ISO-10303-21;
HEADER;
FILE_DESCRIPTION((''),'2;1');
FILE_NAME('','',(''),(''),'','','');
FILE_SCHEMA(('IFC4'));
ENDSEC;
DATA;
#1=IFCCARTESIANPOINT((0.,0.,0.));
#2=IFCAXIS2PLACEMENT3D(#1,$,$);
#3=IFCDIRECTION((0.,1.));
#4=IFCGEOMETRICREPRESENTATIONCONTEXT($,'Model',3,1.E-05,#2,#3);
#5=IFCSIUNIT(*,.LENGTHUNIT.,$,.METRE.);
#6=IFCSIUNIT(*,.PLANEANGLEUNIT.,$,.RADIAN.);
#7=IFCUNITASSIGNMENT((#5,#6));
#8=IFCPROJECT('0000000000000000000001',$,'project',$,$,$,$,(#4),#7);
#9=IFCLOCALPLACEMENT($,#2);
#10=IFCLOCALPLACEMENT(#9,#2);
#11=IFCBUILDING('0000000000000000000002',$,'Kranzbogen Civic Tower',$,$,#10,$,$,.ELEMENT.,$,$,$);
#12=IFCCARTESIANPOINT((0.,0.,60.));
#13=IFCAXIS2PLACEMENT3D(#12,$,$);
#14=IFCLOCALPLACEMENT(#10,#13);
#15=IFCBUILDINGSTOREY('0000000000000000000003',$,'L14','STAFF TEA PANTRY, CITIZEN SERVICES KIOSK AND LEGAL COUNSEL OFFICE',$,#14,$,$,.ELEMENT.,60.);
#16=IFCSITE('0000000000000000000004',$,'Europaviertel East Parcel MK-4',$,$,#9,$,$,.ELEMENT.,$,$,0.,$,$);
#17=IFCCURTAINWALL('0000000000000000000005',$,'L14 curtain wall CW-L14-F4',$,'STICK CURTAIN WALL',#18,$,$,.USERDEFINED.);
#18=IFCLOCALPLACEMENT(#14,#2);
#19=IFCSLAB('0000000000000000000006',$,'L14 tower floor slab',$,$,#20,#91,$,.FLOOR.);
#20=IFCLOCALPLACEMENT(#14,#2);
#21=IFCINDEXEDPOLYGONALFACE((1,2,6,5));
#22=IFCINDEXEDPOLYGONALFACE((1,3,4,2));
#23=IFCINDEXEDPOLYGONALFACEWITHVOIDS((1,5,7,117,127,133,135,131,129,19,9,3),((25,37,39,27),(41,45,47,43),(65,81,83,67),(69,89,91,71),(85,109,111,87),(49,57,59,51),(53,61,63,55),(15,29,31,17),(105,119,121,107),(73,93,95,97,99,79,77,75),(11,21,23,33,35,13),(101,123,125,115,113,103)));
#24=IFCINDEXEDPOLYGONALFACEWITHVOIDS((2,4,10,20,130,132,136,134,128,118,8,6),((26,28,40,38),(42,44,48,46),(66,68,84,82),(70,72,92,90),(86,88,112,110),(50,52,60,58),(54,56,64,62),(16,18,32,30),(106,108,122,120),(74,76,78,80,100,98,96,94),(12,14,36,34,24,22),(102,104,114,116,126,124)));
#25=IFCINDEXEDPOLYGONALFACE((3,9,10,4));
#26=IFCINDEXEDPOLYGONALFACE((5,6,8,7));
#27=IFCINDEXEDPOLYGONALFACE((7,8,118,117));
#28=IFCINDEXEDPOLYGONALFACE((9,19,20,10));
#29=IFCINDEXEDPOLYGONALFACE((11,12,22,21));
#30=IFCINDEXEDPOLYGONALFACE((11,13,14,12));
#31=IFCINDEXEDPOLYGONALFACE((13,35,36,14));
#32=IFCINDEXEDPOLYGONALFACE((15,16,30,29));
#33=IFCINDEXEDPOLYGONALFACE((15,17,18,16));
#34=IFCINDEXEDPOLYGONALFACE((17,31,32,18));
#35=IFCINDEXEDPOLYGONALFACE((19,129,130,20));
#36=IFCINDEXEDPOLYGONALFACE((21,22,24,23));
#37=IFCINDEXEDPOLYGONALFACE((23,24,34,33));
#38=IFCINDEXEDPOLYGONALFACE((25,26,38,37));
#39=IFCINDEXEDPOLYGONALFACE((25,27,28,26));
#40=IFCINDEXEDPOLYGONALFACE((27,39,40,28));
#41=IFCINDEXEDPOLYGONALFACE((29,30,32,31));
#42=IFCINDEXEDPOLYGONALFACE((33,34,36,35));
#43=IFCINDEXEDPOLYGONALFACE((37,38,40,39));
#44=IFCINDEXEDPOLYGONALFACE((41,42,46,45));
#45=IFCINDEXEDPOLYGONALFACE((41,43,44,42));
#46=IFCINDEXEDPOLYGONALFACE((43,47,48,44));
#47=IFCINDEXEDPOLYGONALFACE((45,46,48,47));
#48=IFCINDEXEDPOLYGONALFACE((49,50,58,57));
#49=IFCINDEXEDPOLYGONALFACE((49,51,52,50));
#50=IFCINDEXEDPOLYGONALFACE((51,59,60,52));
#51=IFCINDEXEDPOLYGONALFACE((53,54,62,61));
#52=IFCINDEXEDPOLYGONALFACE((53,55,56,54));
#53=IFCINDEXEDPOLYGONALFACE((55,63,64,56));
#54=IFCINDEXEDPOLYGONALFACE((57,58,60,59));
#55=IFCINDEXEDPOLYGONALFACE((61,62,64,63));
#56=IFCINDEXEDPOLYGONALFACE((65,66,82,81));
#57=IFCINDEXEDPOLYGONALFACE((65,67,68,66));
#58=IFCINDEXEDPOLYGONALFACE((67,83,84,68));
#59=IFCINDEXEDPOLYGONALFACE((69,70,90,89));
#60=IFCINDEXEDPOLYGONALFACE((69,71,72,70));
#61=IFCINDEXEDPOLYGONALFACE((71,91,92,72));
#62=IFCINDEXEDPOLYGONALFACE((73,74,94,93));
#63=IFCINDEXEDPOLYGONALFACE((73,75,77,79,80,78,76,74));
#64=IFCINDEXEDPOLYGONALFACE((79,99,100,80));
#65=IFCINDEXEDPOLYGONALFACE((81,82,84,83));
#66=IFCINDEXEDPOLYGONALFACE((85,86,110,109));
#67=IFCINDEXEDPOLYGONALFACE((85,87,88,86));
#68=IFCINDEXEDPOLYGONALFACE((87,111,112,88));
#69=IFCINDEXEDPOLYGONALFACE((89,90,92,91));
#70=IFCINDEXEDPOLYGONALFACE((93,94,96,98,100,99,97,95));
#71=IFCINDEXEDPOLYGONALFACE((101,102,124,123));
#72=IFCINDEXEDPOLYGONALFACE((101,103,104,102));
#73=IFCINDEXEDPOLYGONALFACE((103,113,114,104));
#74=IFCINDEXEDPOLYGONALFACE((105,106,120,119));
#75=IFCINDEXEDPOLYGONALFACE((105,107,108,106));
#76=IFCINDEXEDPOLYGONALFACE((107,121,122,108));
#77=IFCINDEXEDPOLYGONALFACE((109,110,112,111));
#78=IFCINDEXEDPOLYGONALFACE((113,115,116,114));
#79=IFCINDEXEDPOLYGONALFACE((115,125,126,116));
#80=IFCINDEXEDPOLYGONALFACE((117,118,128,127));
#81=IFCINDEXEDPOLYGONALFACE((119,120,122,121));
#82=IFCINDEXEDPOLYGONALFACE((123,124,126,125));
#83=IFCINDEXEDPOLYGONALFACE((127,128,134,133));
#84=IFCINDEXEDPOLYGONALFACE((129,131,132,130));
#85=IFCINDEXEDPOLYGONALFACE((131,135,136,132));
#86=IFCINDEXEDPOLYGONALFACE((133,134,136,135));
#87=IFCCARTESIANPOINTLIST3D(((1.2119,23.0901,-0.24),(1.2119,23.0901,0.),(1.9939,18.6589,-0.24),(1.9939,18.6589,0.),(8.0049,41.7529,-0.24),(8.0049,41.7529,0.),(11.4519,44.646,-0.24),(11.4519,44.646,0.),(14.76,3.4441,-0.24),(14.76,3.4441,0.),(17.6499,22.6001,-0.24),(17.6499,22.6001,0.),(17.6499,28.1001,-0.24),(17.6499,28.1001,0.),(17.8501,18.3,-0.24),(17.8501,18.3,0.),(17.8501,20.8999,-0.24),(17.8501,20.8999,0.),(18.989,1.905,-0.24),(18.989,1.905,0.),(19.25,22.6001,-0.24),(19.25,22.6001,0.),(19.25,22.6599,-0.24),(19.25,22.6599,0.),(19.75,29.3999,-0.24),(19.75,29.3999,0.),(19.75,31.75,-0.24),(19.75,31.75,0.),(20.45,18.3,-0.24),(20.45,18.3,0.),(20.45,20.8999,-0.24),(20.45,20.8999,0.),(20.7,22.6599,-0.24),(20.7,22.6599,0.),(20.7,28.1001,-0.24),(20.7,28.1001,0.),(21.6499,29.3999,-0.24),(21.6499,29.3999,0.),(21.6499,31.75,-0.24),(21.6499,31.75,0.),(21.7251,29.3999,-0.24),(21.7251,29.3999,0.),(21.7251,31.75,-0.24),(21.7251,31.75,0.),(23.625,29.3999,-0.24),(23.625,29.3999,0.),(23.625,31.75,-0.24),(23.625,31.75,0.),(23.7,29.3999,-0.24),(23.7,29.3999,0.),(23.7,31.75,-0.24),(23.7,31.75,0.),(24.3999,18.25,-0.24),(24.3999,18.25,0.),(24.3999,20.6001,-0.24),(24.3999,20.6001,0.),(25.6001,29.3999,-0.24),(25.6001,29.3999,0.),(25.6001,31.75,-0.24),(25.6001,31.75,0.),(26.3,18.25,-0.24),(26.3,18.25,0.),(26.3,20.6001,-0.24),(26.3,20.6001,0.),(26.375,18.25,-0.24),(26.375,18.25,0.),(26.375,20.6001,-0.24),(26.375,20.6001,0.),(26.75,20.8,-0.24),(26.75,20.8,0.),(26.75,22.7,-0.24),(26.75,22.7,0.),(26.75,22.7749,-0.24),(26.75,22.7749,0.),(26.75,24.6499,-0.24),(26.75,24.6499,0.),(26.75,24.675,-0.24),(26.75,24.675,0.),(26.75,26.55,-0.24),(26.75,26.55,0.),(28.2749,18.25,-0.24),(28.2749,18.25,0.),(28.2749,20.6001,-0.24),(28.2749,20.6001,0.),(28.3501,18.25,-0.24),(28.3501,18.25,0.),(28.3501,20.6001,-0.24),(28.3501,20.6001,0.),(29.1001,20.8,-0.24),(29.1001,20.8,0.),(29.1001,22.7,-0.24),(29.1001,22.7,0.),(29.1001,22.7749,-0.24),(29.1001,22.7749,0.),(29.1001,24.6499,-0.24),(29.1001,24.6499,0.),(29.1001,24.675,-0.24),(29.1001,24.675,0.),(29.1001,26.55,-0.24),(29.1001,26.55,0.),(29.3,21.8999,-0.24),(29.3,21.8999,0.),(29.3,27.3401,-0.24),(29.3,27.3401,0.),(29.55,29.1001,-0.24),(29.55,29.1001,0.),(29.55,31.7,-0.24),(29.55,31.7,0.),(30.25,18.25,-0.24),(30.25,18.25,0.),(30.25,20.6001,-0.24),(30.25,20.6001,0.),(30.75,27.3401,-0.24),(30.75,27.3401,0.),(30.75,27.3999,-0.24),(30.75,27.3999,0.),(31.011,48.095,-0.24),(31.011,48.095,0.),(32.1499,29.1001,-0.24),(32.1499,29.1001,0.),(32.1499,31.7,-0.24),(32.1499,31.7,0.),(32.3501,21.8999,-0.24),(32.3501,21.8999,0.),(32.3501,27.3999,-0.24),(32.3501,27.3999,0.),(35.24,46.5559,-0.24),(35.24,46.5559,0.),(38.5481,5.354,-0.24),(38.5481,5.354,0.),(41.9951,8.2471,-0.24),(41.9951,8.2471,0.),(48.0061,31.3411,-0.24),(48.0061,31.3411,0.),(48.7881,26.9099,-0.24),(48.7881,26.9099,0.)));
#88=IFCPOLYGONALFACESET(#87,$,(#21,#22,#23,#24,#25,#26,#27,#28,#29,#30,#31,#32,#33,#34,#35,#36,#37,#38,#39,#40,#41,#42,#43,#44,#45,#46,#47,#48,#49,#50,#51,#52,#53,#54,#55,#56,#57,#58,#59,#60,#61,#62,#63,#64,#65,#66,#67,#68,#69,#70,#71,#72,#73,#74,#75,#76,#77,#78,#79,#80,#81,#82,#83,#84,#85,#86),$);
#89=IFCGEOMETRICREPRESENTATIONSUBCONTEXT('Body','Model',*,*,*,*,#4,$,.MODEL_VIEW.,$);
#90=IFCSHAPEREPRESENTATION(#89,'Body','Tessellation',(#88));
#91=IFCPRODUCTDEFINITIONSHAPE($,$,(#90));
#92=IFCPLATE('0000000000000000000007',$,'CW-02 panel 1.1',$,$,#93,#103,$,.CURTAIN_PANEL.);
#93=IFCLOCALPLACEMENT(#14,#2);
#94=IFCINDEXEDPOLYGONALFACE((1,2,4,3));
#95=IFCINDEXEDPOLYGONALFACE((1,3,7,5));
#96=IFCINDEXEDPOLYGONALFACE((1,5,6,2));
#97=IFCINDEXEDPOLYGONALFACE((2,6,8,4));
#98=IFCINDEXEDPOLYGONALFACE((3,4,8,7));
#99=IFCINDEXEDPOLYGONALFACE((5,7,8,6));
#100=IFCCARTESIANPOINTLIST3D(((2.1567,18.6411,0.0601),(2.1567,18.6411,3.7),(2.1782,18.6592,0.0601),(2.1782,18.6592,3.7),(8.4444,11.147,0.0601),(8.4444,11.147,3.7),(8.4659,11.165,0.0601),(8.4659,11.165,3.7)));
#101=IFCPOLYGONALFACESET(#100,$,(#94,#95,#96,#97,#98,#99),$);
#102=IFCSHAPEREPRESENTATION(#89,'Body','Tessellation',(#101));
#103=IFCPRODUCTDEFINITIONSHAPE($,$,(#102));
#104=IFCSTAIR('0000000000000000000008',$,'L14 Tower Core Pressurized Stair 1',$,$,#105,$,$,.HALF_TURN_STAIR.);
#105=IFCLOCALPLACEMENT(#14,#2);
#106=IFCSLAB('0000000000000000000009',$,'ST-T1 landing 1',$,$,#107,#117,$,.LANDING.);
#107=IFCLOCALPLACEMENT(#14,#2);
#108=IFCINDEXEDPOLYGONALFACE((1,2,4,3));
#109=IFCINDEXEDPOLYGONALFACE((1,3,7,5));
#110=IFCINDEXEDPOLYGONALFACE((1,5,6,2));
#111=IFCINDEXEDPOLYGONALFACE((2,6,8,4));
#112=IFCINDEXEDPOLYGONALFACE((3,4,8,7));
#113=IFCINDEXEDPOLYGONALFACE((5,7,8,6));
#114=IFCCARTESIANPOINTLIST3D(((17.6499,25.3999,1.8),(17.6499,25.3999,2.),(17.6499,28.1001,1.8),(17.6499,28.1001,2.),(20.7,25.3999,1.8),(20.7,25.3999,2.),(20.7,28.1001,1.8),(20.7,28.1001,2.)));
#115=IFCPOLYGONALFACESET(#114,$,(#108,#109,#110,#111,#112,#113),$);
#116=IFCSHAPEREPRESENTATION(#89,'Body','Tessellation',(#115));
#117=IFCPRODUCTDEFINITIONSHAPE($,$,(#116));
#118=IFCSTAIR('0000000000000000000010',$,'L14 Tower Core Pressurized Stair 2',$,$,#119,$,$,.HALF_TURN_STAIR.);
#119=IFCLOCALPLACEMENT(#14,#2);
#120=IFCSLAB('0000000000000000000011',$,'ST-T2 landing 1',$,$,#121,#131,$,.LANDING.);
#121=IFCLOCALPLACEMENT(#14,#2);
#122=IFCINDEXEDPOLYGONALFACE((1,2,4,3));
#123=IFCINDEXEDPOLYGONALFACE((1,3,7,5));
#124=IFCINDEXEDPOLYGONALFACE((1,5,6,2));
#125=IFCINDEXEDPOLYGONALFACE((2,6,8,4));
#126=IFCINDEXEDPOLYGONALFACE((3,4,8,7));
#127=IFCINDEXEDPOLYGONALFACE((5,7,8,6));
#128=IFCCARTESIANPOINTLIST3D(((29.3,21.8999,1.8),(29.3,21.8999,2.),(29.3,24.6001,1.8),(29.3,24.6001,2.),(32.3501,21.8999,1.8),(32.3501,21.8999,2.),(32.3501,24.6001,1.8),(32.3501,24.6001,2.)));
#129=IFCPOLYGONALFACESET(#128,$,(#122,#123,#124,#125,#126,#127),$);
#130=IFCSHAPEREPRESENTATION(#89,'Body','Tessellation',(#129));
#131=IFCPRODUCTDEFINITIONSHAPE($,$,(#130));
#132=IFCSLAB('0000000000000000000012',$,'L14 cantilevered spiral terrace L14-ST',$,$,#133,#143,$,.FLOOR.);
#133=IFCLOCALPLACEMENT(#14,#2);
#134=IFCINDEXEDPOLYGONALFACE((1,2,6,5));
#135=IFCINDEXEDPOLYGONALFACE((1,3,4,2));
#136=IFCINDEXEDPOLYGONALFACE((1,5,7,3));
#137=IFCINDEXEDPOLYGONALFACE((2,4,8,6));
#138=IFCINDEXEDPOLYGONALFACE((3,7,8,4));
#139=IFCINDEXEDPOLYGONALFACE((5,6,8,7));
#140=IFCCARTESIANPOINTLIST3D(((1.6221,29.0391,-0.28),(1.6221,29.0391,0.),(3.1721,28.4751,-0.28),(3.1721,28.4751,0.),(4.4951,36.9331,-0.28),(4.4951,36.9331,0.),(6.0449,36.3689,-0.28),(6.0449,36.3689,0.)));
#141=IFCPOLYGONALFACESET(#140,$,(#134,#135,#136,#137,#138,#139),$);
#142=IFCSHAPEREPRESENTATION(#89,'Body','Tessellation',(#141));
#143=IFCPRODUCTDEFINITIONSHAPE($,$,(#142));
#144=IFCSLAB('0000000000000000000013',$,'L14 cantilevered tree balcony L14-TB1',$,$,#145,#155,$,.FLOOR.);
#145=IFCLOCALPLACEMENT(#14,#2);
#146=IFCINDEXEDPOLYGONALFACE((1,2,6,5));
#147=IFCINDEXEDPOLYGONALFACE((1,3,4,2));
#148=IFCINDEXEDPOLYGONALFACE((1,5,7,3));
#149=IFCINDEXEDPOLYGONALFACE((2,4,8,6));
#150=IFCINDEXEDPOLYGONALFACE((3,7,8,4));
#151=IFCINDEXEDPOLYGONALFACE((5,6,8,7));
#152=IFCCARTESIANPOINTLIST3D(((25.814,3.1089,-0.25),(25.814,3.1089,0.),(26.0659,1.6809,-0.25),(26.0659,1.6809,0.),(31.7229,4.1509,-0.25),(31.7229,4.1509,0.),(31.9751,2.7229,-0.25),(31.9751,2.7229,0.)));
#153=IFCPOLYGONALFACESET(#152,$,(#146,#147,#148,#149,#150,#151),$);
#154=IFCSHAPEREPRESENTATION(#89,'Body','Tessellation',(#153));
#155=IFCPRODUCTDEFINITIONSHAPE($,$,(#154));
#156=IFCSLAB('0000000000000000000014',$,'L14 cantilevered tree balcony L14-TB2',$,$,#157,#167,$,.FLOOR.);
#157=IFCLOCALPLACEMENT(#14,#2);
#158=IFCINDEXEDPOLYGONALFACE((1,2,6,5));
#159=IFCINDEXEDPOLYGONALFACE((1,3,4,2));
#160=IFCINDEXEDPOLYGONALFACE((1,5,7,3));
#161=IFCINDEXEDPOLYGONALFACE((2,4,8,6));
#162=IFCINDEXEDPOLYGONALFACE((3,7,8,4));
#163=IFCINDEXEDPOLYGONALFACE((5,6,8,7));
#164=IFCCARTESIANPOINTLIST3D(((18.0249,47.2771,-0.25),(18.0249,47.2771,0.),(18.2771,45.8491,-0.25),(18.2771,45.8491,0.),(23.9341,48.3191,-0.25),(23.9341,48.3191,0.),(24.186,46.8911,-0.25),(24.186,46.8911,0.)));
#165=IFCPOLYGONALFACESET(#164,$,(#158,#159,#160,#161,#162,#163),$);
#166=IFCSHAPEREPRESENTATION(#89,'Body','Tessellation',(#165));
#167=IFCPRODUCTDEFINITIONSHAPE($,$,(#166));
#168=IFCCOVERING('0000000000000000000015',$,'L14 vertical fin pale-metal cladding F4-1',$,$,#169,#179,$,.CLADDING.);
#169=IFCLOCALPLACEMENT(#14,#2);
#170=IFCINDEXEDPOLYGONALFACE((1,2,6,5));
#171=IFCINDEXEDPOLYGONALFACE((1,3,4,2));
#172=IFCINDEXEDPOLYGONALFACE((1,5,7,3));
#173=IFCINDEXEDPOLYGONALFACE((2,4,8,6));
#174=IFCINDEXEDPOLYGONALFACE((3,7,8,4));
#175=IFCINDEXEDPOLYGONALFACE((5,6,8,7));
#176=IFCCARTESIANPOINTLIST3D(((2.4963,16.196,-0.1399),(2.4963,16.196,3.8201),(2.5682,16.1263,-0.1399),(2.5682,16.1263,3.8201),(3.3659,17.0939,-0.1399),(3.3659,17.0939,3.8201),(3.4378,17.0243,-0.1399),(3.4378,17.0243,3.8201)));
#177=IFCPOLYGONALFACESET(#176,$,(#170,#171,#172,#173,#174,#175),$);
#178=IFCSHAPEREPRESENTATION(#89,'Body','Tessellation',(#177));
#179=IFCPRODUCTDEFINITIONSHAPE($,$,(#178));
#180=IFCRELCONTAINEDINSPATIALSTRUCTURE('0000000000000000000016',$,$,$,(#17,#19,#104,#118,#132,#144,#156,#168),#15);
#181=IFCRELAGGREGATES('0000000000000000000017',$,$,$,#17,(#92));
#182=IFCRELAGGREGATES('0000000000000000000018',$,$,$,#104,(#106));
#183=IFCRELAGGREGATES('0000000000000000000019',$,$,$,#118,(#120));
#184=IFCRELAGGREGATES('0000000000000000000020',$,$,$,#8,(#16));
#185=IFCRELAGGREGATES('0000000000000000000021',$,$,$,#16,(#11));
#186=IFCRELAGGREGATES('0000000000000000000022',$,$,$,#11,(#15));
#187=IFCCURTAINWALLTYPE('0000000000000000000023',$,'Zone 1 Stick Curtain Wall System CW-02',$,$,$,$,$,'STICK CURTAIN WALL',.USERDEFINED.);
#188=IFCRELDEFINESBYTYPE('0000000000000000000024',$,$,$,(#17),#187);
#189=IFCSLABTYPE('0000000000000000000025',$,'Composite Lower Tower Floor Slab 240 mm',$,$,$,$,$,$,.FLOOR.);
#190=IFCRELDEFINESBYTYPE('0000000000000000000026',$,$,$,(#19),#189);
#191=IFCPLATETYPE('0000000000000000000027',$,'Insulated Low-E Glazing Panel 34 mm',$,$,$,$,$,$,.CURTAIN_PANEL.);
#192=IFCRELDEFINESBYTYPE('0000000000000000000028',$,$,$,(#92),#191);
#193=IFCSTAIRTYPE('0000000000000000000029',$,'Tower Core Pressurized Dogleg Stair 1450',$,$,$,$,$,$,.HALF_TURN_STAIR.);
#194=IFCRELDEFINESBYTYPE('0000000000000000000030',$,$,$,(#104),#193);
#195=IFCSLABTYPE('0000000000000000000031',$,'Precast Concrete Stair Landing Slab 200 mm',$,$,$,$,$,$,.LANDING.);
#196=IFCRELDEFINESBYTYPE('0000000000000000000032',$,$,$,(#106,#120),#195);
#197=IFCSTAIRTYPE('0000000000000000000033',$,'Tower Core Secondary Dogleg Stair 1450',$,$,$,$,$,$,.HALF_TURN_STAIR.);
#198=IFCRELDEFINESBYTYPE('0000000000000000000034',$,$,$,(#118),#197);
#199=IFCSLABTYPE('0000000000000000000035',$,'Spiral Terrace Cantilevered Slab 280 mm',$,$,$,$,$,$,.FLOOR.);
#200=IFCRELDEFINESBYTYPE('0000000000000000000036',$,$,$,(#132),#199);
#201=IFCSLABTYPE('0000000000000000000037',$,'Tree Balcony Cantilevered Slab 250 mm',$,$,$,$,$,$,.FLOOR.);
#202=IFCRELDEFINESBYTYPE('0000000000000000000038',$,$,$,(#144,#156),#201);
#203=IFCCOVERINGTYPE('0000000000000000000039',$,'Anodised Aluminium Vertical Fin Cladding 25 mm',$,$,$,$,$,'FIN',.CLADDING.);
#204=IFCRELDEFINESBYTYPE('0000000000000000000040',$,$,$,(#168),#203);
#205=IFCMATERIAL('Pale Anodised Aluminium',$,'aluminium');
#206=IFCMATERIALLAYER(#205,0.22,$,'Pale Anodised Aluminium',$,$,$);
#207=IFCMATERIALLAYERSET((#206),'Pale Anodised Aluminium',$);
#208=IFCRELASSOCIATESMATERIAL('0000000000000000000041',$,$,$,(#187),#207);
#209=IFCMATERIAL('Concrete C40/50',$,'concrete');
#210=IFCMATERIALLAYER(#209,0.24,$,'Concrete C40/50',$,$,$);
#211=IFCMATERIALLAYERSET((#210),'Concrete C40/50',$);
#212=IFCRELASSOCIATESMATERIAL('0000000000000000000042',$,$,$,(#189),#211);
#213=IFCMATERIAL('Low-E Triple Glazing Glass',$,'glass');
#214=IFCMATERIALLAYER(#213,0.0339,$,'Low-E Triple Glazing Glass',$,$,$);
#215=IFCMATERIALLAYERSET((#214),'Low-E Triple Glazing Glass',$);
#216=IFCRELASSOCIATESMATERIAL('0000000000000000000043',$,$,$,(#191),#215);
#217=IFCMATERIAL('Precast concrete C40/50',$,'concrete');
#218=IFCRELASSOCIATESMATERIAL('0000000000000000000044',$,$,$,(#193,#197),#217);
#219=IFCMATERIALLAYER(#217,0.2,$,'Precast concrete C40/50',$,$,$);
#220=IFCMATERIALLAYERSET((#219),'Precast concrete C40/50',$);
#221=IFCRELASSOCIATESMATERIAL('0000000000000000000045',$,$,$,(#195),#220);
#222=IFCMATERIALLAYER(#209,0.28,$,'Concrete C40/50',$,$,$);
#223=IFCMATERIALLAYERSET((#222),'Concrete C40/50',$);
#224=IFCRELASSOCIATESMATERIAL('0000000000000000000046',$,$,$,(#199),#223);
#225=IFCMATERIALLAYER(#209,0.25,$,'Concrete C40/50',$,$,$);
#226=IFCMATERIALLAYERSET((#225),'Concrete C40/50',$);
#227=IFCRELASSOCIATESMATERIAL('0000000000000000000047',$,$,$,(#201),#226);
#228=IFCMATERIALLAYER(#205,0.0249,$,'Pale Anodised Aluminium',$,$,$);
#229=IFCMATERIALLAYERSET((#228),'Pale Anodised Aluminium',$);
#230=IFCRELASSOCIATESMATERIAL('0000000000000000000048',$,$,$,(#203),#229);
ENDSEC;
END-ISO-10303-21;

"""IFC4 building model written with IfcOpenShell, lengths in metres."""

from ifc_helpers import new_model, si_unit, direction, frame, origin, origin_2d, place, context, subcontext, project, spatial, polyline, rectangle, outline, extrude, material, layer, layer_set, type_object, element, aggregate, save


model = new_model("IFC4")

# Units and contexts
model_context = context("Model", 3, precision=1e-05, world=origin(), true_north=direction((0.0, 1.0)))
body_context = subcontext(model_context, "Body", "Model", "MODEL_VIEW")
ifc_project = project(units=[si_unit("LENGTHUNIT", "METRE"), si_unit("PLANEANGLEUNIT", "RADIAN")], contexts=[model_context])

# Site, building, storey
site_placement = place(None, origin())
site = spatial("IfcSite", under=ifc_project, at=site_placement, Name="Europaviertel East Parcel MK-4", CompositionType="ELEMENT", RefElevation=0.0)
building_placement = place(site_placement, origin())
building = spatial("IfcBuilding", under=site, at=building_placement, Name="Kranzbogen Civic Tower", CompositionType="ELEMENT")
storey_placement = place(building_placement, frame((0.0, 0.0, 60.0)))
storey = spatial("IfcBuildingStorey", under=building, at=storey_placement, Name="L14", Description="STAFF TEA PANTRY, CITIZEN SERVICES KIOSK AND LEGAL COUNSEL OFFICE", CompositionType="ELEMENT", Elevation=60.0)

# Curtain wall
ifc_material_1 = material(Name="Pale Anodised Aluminium", Category="aluminium")
ifc_layer_1 = layer(ifc_material_1, 0.22, Name="Pale Anodised Aluminium")
ifc_layer_set_1 = layer_set([ifc_layer_1], Name="Pale Anodised Aluminium")
curtain_wall_type = type_object("IfcCurtainWallType", Name="Zone 1 Stick Curtain Wall System CW-02", ElementType="STICK CURTAIN WALL", PredefinedType="USERDEFINED", material=ifc_layer_set_1)
curtain_wall_placement = place(storey_placement, origin())
curtain_wall = element("IfcCurtainWall", 1, at=curtain_wall_placement, inside=storey, type_object=curtain_wall_type, Name="L14 curtain wall CW-L14-F4", ObjectType="STICK CURTAIN WALL", PredefinedType="USERDEFINED")

# Slab
ifc_material_2 = material(Name="Concrete C40/50", Category="concrete")
ifc_layer_2 = layer(ifc_material_2, 0.24, Name="Concrete C40/50")
ifc_layer_set_2 = layer_set([ifc_layer_2], Name="Concrete C40/50")
slab_type_1 = type_object("IfcSlabType", Name="Composite Lower Tower Floor Slab 240 mm", PredefinedType="FLOOR", material=ifc_layer_set_2)
slab_1_placement = place(storey_placement, frame((0.0, 0.0, -0.24)))
element("IfcSlab", 2, at=slab_1_placement, inside=storey, type_object=slab_type_1, Name="L14 tower floor slab", PredefinedType="FLOOR", context=body_context, shape_type="SweptSolid", body=[
    extrude(outline(polyline([(48.0061, 31.3411), (35.24, 46.5559), (31.011, 48.095), (11.4519, 44.646), (8.0049, 41.7529), (1.2119, 23.0901), (1.9939, 18.6589), (14.76, 3.4441), (18.989, 1.905), (38.5481, 5.354), (41.9951, 8.2471), (48.7881, 26.9099), (48.0061, 31.3411)]), holes=[polyline([(26.3, 20.6001), (26.3, 18.25), (24.3999, 18.25), (24.3999, 20.6001), (26.3, 20.6001)]), polyline([(28.2749, 18.25), (26.375, 18.25), (26.375, 20.6001), (28.2749, 20.6001), (28.2749, 18.25)]), polyline([(20.45, 18.3), (17.8501, 18.3), (17.8501, 20.8999), (20.45, 20.8999), (20.45, 18.3)]), polyline([(20.7, 22.6599), (19.25, 22.6599), (19.25, 22.6001), (17.6499, 22.6001), (17.6499, 28.1001), (20.7, 28.1001), (20.7, 22.6599)]), polyline([(21.6499, 29.3999), (19.75, 29.3999), (19.75, 31.75), (21.6499, 31.75), (21.6499, 29.3999)]), polyline([(23.625, 29.3999), (21.7251, 29.3999), (21.7251, 31.75), (23.625, 31.75), (23.625, 29.3999)]), polyline([(25.6001, 31.75), (25.6001, 29.3999), (23.7, 29.3999), (23.7, 31.75), (25.6001, 31.75)]), polyline([(30.25, 18.25), (28.3501, 18.25), (28.3501, 20.6001), (30.25, 20.6001), (30.25, 18.25)]), polyline([(29.1001, 20.8), (26.75, 20.8), (26.75, 22.7), (29.1001, 22.7), (29.1001, 20.8)]), polyline([(26.75, 26.55), (29.1001, 26.55), (29.1001, 24.675), (29.1001, 24.6499), (29.1001, 22.7749), (26.75, 22.7749), (26.75, 24.6499), (26.75, 24.675), (26.75, 26.55)]), polyline([(30.75, 27.3401), (30.75, 27.3999), (32.3501, 27.3999), (32.3501, 21.8999), (29.3, 21.8999), (29.3, 27.3401), (30.75, 27.3401)]), polyline([(32.1499, 29.1001), (29.55, 29.1001), (29.55, 31.7), (32.1499, 31.7), (32.1499, 29.1001)])]), origin(), (0.0, 0.0, 1.0), 0.24),
])

# Plate
ifc_material_3 = material(Name="Low-E Triple Glazing Glass", Category="glass")
ifc_layer_3 = layer(ifc_material_3, 0.0339, Name="Low-E Triple Glazing Glass")
ifc_layer_set_3 = layer_set([ifc_layer_3], Name="Low-E Triple Glazing Glass")
plate_type = type_object("IfcPlateType", Name="Insulated Low-E Glazing Panel 34 mm", PredefinedType="CURTAIN_PANEL", material=ifc_layer_set_3)
plate_placement = place(storey_placement, frame((5.3113, 14.9031, 0.0601), z_axis=(0.0, 0.0, 1.0), x_axis=(0.642751, -0.766075, 0.0)))
plate = element("IfcPlate", 3, at=plate_placement, type_object=plate_type, Name="CW-02 panel 1.1", PredefinedType="CURTAIN_PANEL", context=body_context, shape_type="SweptSolid", body=[
    extrude(rectangle(XDim=9.7825, YDim=0.0281, at=origin_2d()), origin(), (0.0, 0.0, 1.0), 3.6399),
])
aggregate(curtain_wall, [plate])

# Stairs, slabs
ifc_material_4 = material(Name="Precast concrete C40/50", Category="concrete")
stair_type_1 = type_object("IfcStairType", Name="Tower Core Pressurized Dogleg Stair 1450", PredefinedType="HALF_TURN_STAIR", material=ifc_material_4)
stair_1_placement = place(storey_placement, origin())
stair_1 = element("IfcStair", 4, at=stair_1_placement, inside=storey, type_object=stair_type_1, Name="L14 Tower Core Pressurized Stair 1", PredefinedType="HALF_TURN_STAIR")
ifc_layer_4 = layer(ifc_material_4, 0.2, Name="Precast concrete C40/50")
ifc_layer_set_4 = layer_set([ifc_layer_4], Name="Precast concrete C40/50")
slab_type_2 = type_object("IfcSlabType", Name="Precast Concrete Stair Landing Slab 200 mm", PredefinedType="LANDING", material=ifc_layer_set_4)
slab_2_placement = place(storey_placement, frame((0.0, 0.0, 1.8)))
slab_2 = element("IfcSlab", 5, at=slab_2_placement, type_object=slab_type_2, Name="ST-T1 landing 1", PredefinedType="LANDING", context=body_context, shape_type="SweptSolid", body=[
    extrude(outline(polyline([(20.7, 25.3999), (20.7, 28.1001), (17.6499, 28.1001), (17.6499, 25.3999), (20.7, 25.3999)])), origin(), (0.0, 0.0, 1.0), 0.2),
])
aggregate(stair_1, [slab_2])
stair_type_2 = type_object("IfcStairType", Name="Tower Core Secondary Dogleg Stair 1450", PredefinedType="HALF_TURN_STAIR", material=ifc_material_4)
stair_2_placement = place(storey_placement, origin())
stair_2 = element("IfcStair", 6, at=stair_2_placement, inside=storey, type_object=stair_type_2, Name="L14 Tower Core Pressurized Stair 2", PredefinedType="HALF_TURN_STAIR")
slab_3_placement = place(storey_placement, frame((0.0, 0.0, 1.8)))
slab_3 = element("IfcSlab", 7, at=slab_3_placement, type_object=slab_type_2, Name="ST-T2 landing 1", PredefinedType="LANDING", context=body_context, shape_type="SweptSolid", body=[
    extrude(outline(polyline([(29.3, 24.6001), (29.3, 21.8999), (32.3501, 21.8999), (32.3501, 24.6001), (29.3, 24.6001)])), origin(), (0.0, 0.0, 1.0), 0.2),
])
aggregate(stair_2, [slab_3])

# Slabs
ifc_layer_5 = layer(ifc_material_2, 0.28, Name="Concrete C40/50")
ifc_layer_set_5 = layer_set([ifc_layer_5], Name="Concrete C40/50")
slab_type_3 = type_object("IfcSlabType", Name="Spiral Terrace Cantilevered Slab 280 mm", PredefinedType="FLOOR", material=ifc_layer_set_5)
slab_4_placement = place(storey_placement, frame((0.0, 0.0, -0.28)))
element("IfcSlab", 8, at=slab_4_placement, inside=storey, type_object=slab_type_3, Name="L14 cantilevered spiral terrace L14-ST", PredefinedType="FLOOR", context=body_context, shape_type="SweptSolid", body=[
    extrude(outline(polyline([(6.0449, 36.3689), (3.1721, 28.4751), (1.6221, 29.0391), (4.4951, 36.9331), (6.0449, 36.3689)])), origin(), (0.0, 0.0, 1.0), 0.28),
])
ifc_layer_6 = layer(ifc_material_2, 0.25, Name="Concrete C40/50")
ifc_layer_set_6 = layer_set([ifc_layer_6], Name="Concrete C40/50")
slab_type_4 = type_object("IfcSlabType", Name="Tree Balcony Cantilevered Slab 250 mm", PredefinedType="FLOOR", material=ifc_layer_set_6)
slab_5_placement = place(storey_placement, frame((0.0, 0.0, -0.25)))
element("IfcSlab", 9, at=slab_5_placement, inside=storey, type_object=slab_type_4, Name="L14 cantilevered tree balcony L14-TB1", PredefinedType="FLOOR", context=body_context, shape_type="SweptSolid", body=[
    extrude(outline(polyline([(25.814, 3.1089), (31.7229, 4.1509), (31.9751, 2.7229), (26.0659, 1.6809), (25.814, 3.1089)])), origin(), (0.0, 0.0, 1.0), 0.25),
])
slab_6_placement = place(storey_placement, frame((0.0, 0.0, -0.25)))
element("IfcSlab", 10, at=slab_6_placement, inside=storey, type_object=slab_type_4, Name="L14 cantilevered tree balcony L14-TB2", PredefinedType="FLOOR", context=body_context, shape_type="SweptSolid", body=[
    extrude(outline(polyline([(24.186, 46.8911), (18.2771, 45.8491), (18.0249, 47.2771), (23.9341, 48.3191), (24.186, 46.8911)])), origin(), (0.0, 0.0, 1.0), 0.25),
])

# Covering
ifc_layer_7 = layer(ifc_material_1, 0.0249, Name="Pale Anodised Aluminium")
ifc_layer_set_7 = layer_set([ifc_layer_7], Name="Pale Anodised Aluminium")
covering_type_1 = type_object("IfcCoveringType", Name="Anodised Aluminium Vertical Fin Cladding 25 mm", ElementType="FIN", PredefinedType="CLADDING", material=ifc_layer_set_7)
for number, where, z_axis, x_axis, name in (
    (11, (2.967, 16.6101, -0.1399), (0.0, 0.0, 1.0), (-0.695687, -0.718345, 0.0), "L14 vertical fin pale-metal cladding F4-1"),
):
    element("IfcCovering", number, at=place(storey_placement, frame(where, z_axis=z_axis, x_axis=x_axis)), inside=storey, type_object=covering_type_1, Name=name, PredefinedType="CLADDING", context=body_context, shape_type="SweptSolid", body=[
        extrude(rectangle(XDim=1.25, YDim=0.1001, at=origin_2d()), origin(), (0.0, 0.0, 1.0), 3.96),
    ])

save(model, "model.ifc")
